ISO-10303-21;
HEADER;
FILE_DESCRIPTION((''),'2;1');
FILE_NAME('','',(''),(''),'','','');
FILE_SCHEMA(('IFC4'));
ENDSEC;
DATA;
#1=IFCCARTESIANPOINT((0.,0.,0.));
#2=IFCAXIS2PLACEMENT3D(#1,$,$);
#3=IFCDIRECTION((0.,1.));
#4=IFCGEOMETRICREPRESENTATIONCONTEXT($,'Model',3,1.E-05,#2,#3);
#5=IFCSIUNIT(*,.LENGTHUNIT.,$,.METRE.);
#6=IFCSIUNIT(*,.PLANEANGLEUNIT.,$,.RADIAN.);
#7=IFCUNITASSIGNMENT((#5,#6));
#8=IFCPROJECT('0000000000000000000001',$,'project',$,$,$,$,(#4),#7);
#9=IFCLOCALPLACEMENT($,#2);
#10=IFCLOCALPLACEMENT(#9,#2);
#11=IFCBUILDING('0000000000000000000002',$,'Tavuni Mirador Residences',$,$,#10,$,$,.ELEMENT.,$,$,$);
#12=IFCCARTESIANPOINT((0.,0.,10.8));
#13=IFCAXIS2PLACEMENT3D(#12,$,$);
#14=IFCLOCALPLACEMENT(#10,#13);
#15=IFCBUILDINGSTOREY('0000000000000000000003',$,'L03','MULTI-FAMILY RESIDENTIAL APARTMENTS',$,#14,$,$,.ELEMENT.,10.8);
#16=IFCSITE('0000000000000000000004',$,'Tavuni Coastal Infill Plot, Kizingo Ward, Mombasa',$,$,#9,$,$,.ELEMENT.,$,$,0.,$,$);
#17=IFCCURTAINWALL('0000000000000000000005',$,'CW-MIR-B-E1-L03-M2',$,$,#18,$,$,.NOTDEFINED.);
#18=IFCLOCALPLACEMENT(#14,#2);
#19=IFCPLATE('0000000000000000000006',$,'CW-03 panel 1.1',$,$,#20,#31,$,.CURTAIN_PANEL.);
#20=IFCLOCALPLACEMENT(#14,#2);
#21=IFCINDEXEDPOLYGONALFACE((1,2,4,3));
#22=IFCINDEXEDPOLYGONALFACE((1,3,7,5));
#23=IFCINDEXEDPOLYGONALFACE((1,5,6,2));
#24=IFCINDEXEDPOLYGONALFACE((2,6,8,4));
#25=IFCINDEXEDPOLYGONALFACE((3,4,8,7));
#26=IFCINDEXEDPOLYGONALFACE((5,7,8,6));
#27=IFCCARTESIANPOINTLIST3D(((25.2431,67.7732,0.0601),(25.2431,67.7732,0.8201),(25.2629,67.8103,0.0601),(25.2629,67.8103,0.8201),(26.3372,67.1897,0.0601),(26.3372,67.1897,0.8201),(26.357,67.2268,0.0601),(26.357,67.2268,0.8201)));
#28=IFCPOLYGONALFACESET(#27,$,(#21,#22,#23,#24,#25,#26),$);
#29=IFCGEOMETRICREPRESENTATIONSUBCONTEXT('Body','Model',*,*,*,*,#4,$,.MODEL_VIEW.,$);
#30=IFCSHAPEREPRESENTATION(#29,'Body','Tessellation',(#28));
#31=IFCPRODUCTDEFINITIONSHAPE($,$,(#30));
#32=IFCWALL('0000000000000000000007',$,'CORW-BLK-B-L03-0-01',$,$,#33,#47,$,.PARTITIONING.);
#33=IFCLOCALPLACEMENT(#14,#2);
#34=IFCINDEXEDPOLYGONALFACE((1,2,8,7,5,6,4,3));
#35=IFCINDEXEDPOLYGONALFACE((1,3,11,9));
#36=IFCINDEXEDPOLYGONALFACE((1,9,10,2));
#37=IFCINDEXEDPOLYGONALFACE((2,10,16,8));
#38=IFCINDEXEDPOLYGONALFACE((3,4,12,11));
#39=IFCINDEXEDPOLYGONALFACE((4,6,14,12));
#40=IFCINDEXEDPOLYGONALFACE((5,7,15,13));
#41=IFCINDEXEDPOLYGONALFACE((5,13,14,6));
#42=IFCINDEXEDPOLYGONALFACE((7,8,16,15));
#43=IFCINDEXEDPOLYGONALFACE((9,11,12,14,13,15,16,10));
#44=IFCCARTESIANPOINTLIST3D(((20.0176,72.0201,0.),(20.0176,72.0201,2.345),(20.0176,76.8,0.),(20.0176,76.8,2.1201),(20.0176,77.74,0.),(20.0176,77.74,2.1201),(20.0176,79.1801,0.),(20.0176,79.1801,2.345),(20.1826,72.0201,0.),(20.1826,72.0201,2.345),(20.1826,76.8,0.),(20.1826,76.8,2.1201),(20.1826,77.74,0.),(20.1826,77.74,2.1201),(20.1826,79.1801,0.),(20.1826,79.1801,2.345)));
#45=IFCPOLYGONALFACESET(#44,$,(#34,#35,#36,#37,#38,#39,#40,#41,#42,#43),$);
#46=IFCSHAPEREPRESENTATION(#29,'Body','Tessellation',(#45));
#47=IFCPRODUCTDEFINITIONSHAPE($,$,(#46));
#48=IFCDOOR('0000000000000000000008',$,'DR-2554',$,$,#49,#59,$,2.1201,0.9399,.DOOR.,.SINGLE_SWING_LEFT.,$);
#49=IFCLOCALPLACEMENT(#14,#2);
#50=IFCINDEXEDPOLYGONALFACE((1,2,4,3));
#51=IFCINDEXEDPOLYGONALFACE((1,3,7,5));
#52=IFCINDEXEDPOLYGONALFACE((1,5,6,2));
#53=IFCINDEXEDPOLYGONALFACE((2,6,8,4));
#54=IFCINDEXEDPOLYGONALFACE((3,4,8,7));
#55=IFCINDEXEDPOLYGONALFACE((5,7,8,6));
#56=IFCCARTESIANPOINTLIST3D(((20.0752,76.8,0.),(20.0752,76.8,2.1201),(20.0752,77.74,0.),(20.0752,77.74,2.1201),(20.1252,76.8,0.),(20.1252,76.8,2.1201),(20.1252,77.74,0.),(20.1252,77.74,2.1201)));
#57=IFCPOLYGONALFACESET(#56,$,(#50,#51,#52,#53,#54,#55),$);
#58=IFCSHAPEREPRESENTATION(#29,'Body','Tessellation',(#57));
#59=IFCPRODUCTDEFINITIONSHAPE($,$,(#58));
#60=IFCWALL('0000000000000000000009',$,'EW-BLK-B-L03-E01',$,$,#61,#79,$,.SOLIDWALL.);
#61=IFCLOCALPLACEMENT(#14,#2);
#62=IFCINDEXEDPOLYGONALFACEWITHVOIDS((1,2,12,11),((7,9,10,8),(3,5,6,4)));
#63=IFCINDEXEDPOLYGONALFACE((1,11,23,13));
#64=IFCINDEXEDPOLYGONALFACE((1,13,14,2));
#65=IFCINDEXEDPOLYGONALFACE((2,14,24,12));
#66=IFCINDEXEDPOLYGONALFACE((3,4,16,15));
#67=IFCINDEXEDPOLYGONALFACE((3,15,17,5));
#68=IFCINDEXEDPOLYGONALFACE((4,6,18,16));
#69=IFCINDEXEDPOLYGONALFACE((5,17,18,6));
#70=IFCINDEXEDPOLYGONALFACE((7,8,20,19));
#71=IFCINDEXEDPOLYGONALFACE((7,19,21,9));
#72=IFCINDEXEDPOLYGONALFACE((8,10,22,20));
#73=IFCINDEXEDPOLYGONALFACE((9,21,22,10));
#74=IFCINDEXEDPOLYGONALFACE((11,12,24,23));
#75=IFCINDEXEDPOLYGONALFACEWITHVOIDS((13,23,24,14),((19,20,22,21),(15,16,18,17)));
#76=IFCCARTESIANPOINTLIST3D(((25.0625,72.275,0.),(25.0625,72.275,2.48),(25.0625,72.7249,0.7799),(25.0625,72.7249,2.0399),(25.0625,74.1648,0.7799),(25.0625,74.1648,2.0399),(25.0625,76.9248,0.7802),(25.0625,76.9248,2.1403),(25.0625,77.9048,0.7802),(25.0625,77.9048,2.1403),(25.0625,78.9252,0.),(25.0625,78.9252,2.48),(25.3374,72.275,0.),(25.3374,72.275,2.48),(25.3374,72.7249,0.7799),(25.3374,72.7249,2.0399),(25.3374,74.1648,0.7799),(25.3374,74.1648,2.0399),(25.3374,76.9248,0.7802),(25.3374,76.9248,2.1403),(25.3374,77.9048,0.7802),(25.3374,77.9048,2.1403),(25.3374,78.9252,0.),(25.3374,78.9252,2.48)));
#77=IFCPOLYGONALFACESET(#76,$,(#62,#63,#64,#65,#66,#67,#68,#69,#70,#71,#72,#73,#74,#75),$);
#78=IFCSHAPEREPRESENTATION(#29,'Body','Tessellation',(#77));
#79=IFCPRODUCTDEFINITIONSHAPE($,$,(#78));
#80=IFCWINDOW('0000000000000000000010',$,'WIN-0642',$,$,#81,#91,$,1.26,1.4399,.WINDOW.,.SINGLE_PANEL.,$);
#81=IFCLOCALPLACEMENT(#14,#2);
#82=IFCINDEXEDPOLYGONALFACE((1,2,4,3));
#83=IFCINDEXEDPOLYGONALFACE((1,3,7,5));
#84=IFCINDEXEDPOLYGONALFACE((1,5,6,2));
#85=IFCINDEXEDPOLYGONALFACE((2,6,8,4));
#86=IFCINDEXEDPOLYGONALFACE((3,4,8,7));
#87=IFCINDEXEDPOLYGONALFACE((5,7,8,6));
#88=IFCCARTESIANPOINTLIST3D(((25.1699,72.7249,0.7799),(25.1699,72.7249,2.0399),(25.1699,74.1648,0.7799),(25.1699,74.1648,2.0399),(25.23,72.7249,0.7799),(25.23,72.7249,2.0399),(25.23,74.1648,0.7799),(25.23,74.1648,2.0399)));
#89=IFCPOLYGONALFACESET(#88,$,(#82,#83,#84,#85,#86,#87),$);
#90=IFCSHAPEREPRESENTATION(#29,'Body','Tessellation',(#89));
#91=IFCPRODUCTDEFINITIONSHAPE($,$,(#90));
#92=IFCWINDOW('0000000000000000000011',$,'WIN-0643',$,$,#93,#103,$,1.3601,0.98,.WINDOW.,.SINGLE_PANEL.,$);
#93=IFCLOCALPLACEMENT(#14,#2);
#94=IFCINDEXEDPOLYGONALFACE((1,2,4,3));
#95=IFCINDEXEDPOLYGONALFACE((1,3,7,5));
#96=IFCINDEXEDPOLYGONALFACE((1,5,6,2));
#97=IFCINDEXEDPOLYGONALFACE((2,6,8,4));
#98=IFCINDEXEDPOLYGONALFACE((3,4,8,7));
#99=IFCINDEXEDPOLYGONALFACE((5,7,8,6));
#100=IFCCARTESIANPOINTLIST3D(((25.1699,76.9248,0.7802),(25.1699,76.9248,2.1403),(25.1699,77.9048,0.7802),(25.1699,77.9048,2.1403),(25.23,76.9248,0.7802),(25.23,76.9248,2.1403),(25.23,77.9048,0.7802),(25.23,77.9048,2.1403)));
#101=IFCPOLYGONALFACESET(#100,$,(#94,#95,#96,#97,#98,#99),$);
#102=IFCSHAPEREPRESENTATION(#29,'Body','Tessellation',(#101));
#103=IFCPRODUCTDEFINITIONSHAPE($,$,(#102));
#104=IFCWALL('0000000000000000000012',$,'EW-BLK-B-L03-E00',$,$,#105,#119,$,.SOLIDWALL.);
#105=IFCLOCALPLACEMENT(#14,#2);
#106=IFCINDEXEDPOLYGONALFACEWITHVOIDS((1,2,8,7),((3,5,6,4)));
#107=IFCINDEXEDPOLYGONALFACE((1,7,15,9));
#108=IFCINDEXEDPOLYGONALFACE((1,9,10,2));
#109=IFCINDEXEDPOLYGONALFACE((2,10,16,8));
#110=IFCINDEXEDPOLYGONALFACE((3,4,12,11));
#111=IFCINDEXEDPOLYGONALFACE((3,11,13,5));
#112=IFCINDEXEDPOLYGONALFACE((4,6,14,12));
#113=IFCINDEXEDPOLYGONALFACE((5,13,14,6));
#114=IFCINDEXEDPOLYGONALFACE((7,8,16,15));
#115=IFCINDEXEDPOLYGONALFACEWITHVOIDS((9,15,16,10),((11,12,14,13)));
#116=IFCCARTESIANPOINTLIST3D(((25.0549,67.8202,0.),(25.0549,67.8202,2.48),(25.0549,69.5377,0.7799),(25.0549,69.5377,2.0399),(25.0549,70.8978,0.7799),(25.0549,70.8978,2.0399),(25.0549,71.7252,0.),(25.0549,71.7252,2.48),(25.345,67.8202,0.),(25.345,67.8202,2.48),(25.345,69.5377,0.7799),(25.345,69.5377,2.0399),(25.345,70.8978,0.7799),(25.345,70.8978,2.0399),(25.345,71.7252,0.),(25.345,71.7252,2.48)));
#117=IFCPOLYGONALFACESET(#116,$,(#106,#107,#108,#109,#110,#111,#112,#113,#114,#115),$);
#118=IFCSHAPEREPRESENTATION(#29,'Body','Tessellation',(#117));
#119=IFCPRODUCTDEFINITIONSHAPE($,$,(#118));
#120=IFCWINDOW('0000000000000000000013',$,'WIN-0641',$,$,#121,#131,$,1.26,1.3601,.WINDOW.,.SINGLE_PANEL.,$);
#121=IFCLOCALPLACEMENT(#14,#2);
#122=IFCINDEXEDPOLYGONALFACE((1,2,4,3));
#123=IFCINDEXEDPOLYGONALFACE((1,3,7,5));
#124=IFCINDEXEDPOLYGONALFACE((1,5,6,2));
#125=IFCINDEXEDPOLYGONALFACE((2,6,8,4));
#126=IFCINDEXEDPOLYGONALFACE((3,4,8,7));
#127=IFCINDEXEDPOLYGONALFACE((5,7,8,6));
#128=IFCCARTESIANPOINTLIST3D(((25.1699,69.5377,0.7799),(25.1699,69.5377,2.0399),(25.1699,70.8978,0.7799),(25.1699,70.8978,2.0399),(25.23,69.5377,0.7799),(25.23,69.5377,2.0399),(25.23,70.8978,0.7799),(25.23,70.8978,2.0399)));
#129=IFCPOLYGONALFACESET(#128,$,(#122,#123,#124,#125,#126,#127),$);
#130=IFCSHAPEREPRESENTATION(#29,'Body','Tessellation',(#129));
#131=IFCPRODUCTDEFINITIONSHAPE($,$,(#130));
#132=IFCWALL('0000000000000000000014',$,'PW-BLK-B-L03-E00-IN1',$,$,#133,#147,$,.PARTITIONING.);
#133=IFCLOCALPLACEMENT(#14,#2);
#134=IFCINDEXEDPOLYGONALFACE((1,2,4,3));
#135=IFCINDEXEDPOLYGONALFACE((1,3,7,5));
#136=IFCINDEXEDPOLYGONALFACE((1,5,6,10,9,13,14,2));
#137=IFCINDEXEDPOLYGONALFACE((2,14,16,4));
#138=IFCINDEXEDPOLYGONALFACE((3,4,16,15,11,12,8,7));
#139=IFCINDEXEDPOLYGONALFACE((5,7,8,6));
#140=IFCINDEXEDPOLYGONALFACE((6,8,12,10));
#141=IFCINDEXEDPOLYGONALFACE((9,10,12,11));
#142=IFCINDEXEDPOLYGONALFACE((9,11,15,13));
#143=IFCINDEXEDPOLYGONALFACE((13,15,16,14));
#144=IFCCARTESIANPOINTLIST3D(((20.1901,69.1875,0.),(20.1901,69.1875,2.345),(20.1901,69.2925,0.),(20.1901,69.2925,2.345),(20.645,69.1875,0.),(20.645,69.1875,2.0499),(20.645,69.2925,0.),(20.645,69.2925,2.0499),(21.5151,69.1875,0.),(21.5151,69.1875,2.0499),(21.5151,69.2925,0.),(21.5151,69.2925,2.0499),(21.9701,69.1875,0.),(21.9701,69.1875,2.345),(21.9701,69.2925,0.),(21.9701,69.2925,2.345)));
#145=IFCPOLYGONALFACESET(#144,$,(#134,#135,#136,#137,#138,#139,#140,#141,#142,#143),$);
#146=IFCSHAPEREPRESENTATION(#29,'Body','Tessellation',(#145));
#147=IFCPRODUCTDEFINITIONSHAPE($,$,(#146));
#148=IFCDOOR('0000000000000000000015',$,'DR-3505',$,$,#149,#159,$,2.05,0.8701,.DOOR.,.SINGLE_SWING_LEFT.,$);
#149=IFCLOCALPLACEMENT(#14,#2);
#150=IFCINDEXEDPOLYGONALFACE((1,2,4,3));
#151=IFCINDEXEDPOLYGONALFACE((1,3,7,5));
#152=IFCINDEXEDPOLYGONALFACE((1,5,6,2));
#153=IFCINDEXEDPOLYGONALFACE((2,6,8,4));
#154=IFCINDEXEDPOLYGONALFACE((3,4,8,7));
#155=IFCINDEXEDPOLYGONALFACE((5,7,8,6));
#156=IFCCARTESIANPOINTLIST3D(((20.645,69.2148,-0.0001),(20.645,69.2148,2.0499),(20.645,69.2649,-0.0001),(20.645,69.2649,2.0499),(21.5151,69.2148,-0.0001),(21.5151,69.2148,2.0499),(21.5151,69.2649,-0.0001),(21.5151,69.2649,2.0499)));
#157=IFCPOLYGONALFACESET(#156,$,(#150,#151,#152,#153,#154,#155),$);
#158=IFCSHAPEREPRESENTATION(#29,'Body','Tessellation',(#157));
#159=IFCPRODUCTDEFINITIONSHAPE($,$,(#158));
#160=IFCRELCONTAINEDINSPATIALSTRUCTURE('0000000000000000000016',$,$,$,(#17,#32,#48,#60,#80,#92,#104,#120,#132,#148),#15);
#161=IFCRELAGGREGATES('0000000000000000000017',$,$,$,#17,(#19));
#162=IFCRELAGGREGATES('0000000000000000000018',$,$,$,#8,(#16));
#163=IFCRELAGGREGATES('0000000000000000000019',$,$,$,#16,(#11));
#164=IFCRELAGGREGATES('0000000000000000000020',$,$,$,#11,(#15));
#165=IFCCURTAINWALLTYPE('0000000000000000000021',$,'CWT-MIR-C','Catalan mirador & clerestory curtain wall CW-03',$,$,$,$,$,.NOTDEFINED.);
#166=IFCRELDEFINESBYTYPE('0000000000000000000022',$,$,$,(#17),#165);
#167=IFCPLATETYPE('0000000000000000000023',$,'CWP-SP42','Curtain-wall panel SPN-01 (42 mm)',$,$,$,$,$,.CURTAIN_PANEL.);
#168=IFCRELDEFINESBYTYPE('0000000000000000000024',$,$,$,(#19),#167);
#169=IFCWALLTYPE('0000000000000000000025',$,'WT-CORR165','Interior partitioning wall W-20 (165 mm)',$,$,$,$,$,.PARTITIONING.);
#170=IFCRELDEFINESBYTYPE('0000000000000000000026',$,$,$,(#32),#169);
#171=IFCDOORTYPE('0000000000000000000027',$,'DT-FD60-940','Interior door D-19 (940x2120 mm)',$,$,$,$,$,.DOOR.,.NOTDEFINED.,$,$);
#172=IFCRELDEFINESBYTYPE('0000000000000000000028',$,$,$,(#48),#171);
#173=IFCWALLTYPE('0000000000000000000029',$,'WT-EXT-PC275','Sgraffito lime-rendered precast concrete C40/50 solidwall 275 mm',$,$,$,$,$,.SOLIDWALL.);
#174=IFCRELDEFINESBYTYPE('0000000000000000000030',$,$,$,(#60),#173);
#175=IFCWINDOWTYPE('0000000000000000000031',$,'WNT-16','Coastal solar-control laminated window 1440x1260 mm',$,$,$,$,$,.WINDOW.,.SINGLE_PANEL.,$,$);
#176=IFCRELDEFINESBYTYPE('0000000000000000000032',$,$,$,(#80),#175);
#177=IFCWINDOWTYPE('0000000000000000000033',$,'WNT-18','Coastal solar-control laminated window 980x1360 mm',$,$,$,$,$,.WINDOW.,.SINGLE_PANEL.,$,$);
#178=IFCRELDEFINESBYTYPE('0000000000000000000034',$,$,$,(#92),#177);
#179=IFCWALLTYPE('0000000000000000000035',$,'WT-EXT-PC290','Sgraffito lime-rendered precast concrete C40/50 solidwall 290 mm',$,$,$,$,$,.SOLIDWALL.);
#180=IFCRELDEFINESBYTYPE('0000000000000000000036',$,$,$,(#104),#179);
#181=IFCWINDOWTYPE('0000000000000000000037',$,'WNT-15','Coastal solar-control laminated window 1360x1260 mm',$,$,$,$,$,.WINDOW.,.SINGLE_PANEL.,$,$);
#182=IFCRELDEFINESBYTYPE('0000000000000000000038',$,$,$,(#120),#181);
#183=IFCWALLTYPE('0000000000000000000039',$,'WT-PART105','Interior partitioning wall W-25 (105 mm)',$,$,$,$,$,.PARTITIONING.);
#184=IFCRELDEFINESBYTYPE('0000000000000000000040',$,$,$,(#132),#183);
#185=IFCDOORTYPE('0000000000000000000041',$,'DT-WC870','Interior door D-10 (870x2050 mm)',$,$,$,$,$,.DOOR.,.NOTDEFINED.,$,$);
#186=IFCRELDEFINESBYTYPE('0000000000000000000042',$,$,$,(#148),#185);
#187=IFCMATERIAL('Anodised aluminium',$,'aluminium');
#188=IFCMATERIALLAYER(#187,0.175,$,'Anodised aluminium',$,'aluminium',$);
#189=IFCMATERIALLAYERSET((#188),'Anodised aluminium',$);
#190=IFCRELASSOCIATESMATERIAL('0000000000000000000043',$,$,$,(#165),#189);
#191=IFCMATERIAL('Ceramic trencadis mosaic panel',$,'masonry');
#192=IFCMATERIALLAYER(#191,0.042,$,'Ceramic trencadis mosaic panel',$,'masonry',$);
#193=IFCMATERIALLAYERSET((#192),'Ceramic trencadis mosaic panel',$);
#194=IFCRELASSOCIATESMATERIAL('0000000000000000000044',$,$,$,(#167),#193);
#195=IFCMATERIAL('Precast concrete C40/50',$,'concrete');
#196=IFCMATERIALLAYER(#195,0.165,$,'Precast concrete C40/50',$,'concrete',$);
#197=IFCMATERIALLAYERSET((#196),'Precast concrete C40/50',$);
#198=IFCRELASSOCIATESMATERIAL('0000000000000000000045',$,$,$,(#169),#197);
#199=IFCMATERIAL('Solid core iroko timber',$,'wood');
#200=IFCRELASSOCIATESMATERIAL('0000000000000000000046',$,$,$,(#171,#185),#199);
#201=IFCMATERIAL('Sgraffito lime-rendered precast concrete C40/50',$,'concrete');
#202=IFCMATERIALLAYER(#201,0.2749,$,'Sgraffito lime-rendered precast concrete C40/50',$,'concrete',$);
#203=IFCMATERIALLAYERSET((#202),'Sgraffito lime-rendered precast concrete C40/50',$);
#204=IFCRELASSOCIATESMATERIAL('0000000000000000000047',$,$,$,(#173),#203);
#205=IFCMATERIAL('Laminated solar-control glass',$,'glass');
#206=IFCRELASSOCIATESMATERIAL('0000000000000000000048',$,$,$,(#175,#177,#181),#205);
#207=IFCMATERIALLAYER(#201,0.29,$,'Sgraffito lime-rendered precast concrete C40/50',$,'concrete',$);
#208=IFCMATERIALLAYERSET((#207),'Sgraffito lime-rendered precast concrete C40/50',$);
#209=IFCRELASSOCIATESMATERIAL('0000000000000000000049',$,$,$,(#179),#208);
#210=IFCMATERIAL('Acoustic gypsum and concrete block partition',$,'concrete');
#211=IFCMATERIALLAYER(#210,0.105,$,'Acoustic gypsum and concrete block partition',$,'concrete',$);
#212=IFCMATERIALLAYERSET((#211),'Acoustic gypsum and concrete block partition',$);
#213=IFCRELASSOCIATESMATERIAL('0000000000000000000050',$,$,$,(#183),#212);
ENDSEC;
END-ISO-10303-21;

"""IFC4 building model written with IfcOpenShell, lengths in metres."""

from ifc_helpers import new_model, si_unit, direction, frame, frame_2d, origin, origin_2d, place, context, subcontext, project, spatial, rectangle, extrude, material, layer, layer_set, type_object, element, fill, aggregate, save


model = new_model("IFC4")

# Units and contexts
model_context = context("Model", 3, precision=1e-05, world=origin(), true_north=direction((0.0, 1.0)))
body_context = subcontext(model_context, "Body", "Model", "MODEL_VIEW")
ifc_project = project(units=[si_unit("LENGTHUNIT", "METRE"), si_unit("PLANEANGLEUNIT", "RADIAN")], contexts=[model_context])

# Site, building, storey
site_placement = place(None, origin())
site = spatial("IfcSite", under=ifc_project, at=site_placement, Name="Tavuni Coastal Infill Plot, Kizingo Ward, Mombasa", CompositionType="ELEMENT", RefElevation=0.0)
building_placement = place(site_placement, origin())
building = spatial("IfcBuilding", under=site, at=building_placement, Name="Tavuni Mirador Residences", CompositionType="ELEMENT")
storey_placement = place(building_placement, frame((0.0, 0.0, 10.8)))
storey = spatial("IfcBuildingStorey", under=building, at=storey_placement, Name="L03", Description="MULTI-FAMILY RESIDENTIAL APARTMENTS", CompositionType="ELEMENT", Elevation=10.8)

# Shared definitions
ifc_material_1 = material(Name="Precast concrete C40/50", Category="concrete")

# Curtain wall
ifc_material_2 = material(Name="Anodised aluminium", Category="aluminium")
ifc_layer_1 = layer(ifc_material_2, 0.175, Name="Anodised aluminium", Category="aluminium")
ifc_layer_set_1 = layer_set([ifc_layer_1], Name="Anodised aluminium")
curtain_wall_type = type_object("IfcCurtainWallType", Name="CWT-MIR-C", Description="Catalan mirador & clerestory curtain wall CW-03", PredefinedType="NOTDEFINED", material=ifc_layer_set_1)
curtain_wall_placement = place(storey_placement, origin())
curtain_wall = element("IfcCurtainWall", 1, at=curtain_wall_placement, inside=storey, type_object=curtain_wall_type, Name="CW-MIR-B-E1-L03-M2", PredefinedType="NOTDEFINED")

# Plate
ifc_material_3 = material(Name="Laminated solar-control glass", Category="glass")
ifc_material_4 = material(Name="Ceramic trencadis mosaic panel", Category="masonry")
ifc_layer_2 = layer(ifc_material_4, 0.042, Name="Ceramic trencadis mosaic panel", Category="masonry")
ifc_layer_set_2 = layer_set([ifc_layer_2], Name="Ceramic trencadis mosaic panel")
plate_type_1 = type_object("IfcPlateType", Name="CWP-SP42", Description="Curtain-wall panel SPN-01 (42 mm)", PredefinedType="CURTAIN_PANEL", material=ifc_layer_set_2)
plate_1_placement = place(storey_placement, frame((25.8, 67.5, 0.0601), z_axis=(0.0, 0.0, 1.0), x_axis=(-0.882353, 0.470588, 0.0)))
plate_1 = element("IfcPlate", 2, at=plate_1_placement, type_object=plate_type_1, Name="CW-03 panel 1.1", PredefinedType="CURTAIN_PANEL", context=body_context, shape_type="SweptSolid", body=[
    extrude(rectangle(XDim=1.24, YDim=0.042, at=origin_2d()), origin(), (0.0, 0.0, 1.0), 0.76),
])
aggregate(curtain_wall, [plate_1])

# Wall, opening, door
ifc_layer_3 = layer(ifc_material_1, 0.165, Name="Precast concrete C40/50", Category="concrete")
ifc_layer_set_3 = layer_set([ifc_layer_3], Name="Precast concrete C40/50")
wall_type_1 = type_object("IfcWallType", Name="WT-CORR165", Description="Interior partitioning wall W-20 (165 mm)", PredefinedType="PARTITIONING", material=ifc_layer_set_3)
wall_1_placement = place(storey_placement, frame((20.1001, 72.02, 0.0), z_axis=(0.0, 0.0, 1.0), x_axis=(0.0, 1.0, 0.0)))
wall_1 = element("IfcWall", 3, at=wall_1_placement, inside=storey, type_object=wall_type_1, Name="CORW-BLK-B-L03-0-01", PredefinedType="PARTITIONING", context=body_context, shape_type="SweptSolid", body=[
    extrude(rectangle(XDim=7.1599, YDim=0.165, at=frame_2d((3.5801, 0.0))), origin(), (0.0, 0.0, 1.0), 2.345),
])
opening_1_placement = place(wall_1_placement, frame((4.78, 0.0, 0.0)))
opening_1 = element("IfcOpeningElement", 4, at=opening_1_placement, cuts=wall_1, PredefinedType="OPENING", context=body_context, shape_type="SweptSolid", body=[
    extrude(rectangle(XDim=0.9399, YDim=2.1201, at=frame_2d((0.47, 1.0601))), frame((0.0, 0.0925, 0.0), z_axis=(0.0, -1.0, 0.0), x_axis=(1.0, 0.0, 0.0)), (0.0, 0.0, 1.0), 0.1851),
])
ifc_material_5 = material(Name="Solid core iroko timber", Category="wood")
door_type_1 = type_object("IfcDoorType", Name="DT-FD60-940", Description="Interior door D-19 (940x2120 mm)", OperationType="NOTDEFINED", PredefinedType="DOOR", material=ifc_material_5)
door_1_placement = place(opening_1_placement, origin())
door_1 = element("IfcDoor", 5, at=door_1_placement, inside=storey, type_object=door_type_1, Name="DR-2554", OperationType="SINGLE_SWING_LEFT", OverallHeight=2.1201, OverallWidth=0.9399, PredefinedType="DOOR", context=body_context, shape_type="SweptSolid", body=[
    extrude(rectangle(XDim=0.9399, YDim=2.1201, at=frame_2d((0.47, 1.0601))), frame((0.0, 0.0249, 0.0), z_axis=(0.0, -1.0, 0.0), x_axis=(1.0, 0.0, 0.0)), (0.0, 0.0, 1.0), 0.05),
])
fill(opening_1, door_1)

# Wall, openings, windows
ifc_material_6 = material(Name="Sgraffito lime-rendered precast concrete C40/50", Category="concrete")
ifc_layer_4 = layer(ifc_material_6, 0.2749, Name="Sgraffito lime-rendered precast concrete C40/50", Category="concrete")
ifc_layer_set_4 = layer_set([ifc_layer_4], Name="Sgraffito lime-rendered precast concrete C40/50")
wall_type_2 = type_object("IfcWallType", Name="WT-EXT-PC275", Description="Sgraffito lime-rendered precast concrete C40/50 solidwall 275 mm", PredefinedType="SOLIDWALL", material=ifc_layer_set_4)
wall_2_placement = place(storey_placement, frame((25.2, 72.2749, 0.0), z_axis=(0.0, 0.0, 1.0), x_axis=(0.0, 1.0, 0.0)))
wall_2 = element("IfcWall", 6, at=wall_2_placement, inside=storey, type_object=wall_type_2, Name="EW-BLK-B-L03-E01", PredefinedType="SOLIDWALL", context=body_context, shape_type="SweptSolid", body=[
    extrude(rectangle(XDim=6.6501, YDim=0.2749, at=frame_2d((3.3252, 0.0))), origin(), (0.0, 0.0, 1.0), 2.48),
])
opening_2_placement = place(wall_2_placement, frame((0.45, 0.0, 0.78)))
opening_2 = element("IfcOpeningElement", 7, at=opening_2_placement, cuts=wall_2, PredefinedType="OPENING", context=body_context, shape_type="SweptSolid", body=[
    extrude(rectangle(XDim=1.4399, YDim=1.26, at=frame_2d((0.72, 0.6299))), frame((0.0, 0.1475, 0.0), z_axis=(0.0, -1.0, 0.0), x_axis=(1.0, 0.0, 0.0)), (0.0, 0.0, 1.0), 0.2949),
])
opening_3_placement = place(wall_2_placement, frame((4.6499, 0.0, 0.78)))
opening_3 = element("IfcOpeningElement", 8, at=opening_3_placement, cuts=wall_2, PredefinedType="OPENING", context=body_context, shape_type="SweptSolid", body=[
    extrude(rectangle(XDim=0.98, YDim=1.3601, at=frame_2d((0.49, 0.6802))), frame((0.0, 0.1475, 0.0), z_axis=(0.0, -1.0, 0.0), x_axis=(1.0, 0.0, 0.0)), (0.0, 0.0, 1.0), 0.2949),
])
window_type_1 = type_object("IfcWindowType", Name="WNT-16", Description="Coastal solar-control laminated window 1440x1260 mm", PartitioningType="SINGLE_PANEL", PredefinedType="WINDOW", material=ifc_material_3)
window_1_placement = place(opening_2_placement, origin())
window_1 = element("IfcWindow", 9, at=window_1_placement, inside=storey, type_object=window_type_1, Name="WIN-0642", OverallHeight=1.26, OverallWidth=1.4399, PartitioningType="SINGLE_PANEL", PredefinedType="WINDOW", context=body_context, shape_type="SweptSolid", body=[
    extrude(rectangle(XDim=1.4399, YDim=1.26, at=frame_2d((0.72, 0.6299))), frame((0.0, 0.03, 0.0), z_axis=(0.0, -1.0, 0.0), x_axis=(1.0, 0.0, 0.0)), (0.0, 0.0, 1.0), 0.0601),
])
fill(opening_2, window_1)
window_type_2 = type_object("IfcWindowType", Name="WNT-18", Description="Coastal solar-control laminated window 980x1360 mm", PartitioningType="SINGLE_PANEL", PredefinedType="WINDOW", material=ifc_material_3)
window_2_placement = place(opening_3_placement, origin())
window_2 = element("IfcWindow", 10, at=window_2_placement, inside=storey, type_object=window_type_2, Name="WIN-0643", OverallHeight=1.3601, OverallWidth=0.98, PartitioningType="SINGLE_PANEL", PredefinedType="WINDOW", context=body_context, shape_type="SweptSolid", body=[
    extrude(rectangle(XDim=0.98, YDim=1.3601, at=frame_2d((0.49, 0.6802))), frame((0.0, 0.03, 0.0), z_axis=(0.0, -1.0, 0.0), x_axis=(1.0, 0.0, 0.0)), (0.0, 0.0, 1.0), 0.0601),
])
fill(opening_3, window_2)

# Wall, opening, window
ifc_layer_5 = layer(ifc_material_6, 0.29, Name="Sgraffito lime-rendered precast concrete C40/50", Category="concrete")
ifc_layer_set_5 = layer_set([ifc_layer_5], Name="Sgraffito lime-rendered precast concrete C40/50")
wall_type_3 = type_object("IfcWallType", Name="WT-EXT-PC290", Description="Sgraffito lime-rendered precast concrete C40/50 solidwall 290 mm", PredefinedType="SOLIDWALL", material=ifc_layer_set_5)
wall_3_placement = place(storey_placement, frame((25.2, 67.8201, 0.0), z_axis=(0.0, 0.0, 1.0), x_axis=(0.0, 1.0, 0.0)))
wall_3 = element("IfcWall", 11, at=wall_3_placement, inside=storey, type_object=wall_type_3, Name="EW-BLK-B-L03-E00", PredefinedType="SOLIDWALL", context=body_context, shape_type="SweptSolid", body=[
    extrude(rectangle(XDim=3.905, YDim=0.29, at=frame_2d((1.9526, 0.0))), origin(), (0.0, 0.0, 1.0), 2.48),
])
opening_4_placement = place(wall_3_placement, frame((1.7175, 0.0, 0.78)))
opening_4 = element("IfcOpeningElement", 12, at=opening_4_placement, cuts=wall_3, PredefinedType="OPENING", context=body_context, shape_type="SweptSolid", body=[
    extrude(rectangle(XDim=1.3601, YDim=1.26, at=frame_2d((0.6802, 0.6299))), frame((0.0, 0.155, 0.0), z_axis=(0.0, -1.0, 0.0), x_axis=(1.0, 0.0, 0.0)), (0.0, 0.0, 1.0), 0.3101),
])
window_type_3 = type_object("IfcWindowType", Name="WNT-15", Description="Coastal solar-control laminated window 1360x1260 mm", PartitioningType="SINGLE_PANEL", PredefinedType="WINDOW", material=ifc_material_3)
window_3_placement = place(opening_4_placement, origin())
window_3 = element("IfcWindow", 13, at=window_3_placement, inside=storey, type_object=window_type_3, Name="WIN-0641", OverallHeight=1.26, OverallWidth=1.3601, PartitioningType="SINGLE_PANEL", PredefinedType="WINDOW", context=body_context, shape_type="SweptSolid", body=[
    extrude(rectangle(XDim=1.3601, YDim=1.26, at=frame_2d((0.6802, 0.6299))), frame((0.0, 0.03, 0.0), z_axis=(0.0, -1.0, 0.0), x_axis=(1.0, 0.0, 0.0)), (0.0, 0.0, 1.0), 0.0601),
])
fill(opening_4, window_3)

# Wall, opening, door
ifc_material_7 = material(Name="Acoustic gypsum and concrete block partition", Category="concrete")
ifc_layer_6 = layer(ifc_material_7, 0.105, Name="Acoustic gypsum and concrete block partition", Category="concrete")
ifc_layer_set_6 = layer_set([ifc_layer_6], Name="Acoustic gypsum and concrete block partition")
wall_type_4 = type_object("IfcWallType", Name="WT-PART105", Description="Interior partitioning wall W-25 (105 mm)", PredefinedType="PARTITIONING", material=ifc_layer_set_6)
wall_4_placement = place(storey_placement, frame((20.1899, 69.24, 0.0), z_axis=(0.0, 0.0, 1.0), x_axis=(1.0, 0.0, 0.0)))
wall_4 = element("IfcWall", 14, at=wall_4_placement, inside=storey, type_object=wall_type_4, Name="PW-BLK-B-L03-E00-IN1", PredefinedType="PARTITIONING", context=body_context, shape_type="SweptSolid", body=[
    extrude(rectangle(XDim=1.78, YDim=0.105, at=frame_2d((0.8901, 0.0))), origin(), (0.0, 0.0, 1.0), 2.345),
])
opening_5_placement = place(wall_4_placement, frame((0.4551, 0.0, 0.0)))
opening_5 = element("IfcOpeningElement", 15, at=opening_5_placement, cuts=wall_4, PredefinedType="OPENING", context=body_context, shape_type="SweptSolid", body=[
    extrude(rectangle(XDim=0.8701, YDim=2.05, at=frame_2d((0.4351, 1.0249))), frame((0.0, 0.0625, 0.0), z_axis=(0.0, -1.0, 0.0), x_axis=(1.0, 0.0, 0.0)), (0.0, 0.0, 1.0), 0.125),
])
door_type_2 = type_object("IfcDoorType", Name="DT-WC870", Description="Interior door D-10 (870x2050 mm)", OperationType="NOTDEFINED", PredefinedType="DOOR", material=ifc_material_5)
door_2_placement = place(opening_5_placement, origin())
door_2 = element("IfcDoor", 16, at=door_2_placement, inside=storey, type_object=door_type_2, Name="DR-3505", OperationType="SINGLE_SWING_LEFT", OverallHeight=2.05, OverallWidth=0.8701, PredefinedType="DOOR", context=body_context, shape_type="SweptSolid", body=[
    extrude(rectangle(XDim=0.8701, YDim=2.05, at=frame_2d((0.4351, 1.0249))), frame((0.0, 0.0249, 0.0), z_axis=(0.0, -1.0, 0.0), x_axis=(1.0, 0.0, 0.0)), (0.0, 0.0, 1.0), 0.05),
])
fill(opening_5, door_2)

save(model, "model.ifc")
